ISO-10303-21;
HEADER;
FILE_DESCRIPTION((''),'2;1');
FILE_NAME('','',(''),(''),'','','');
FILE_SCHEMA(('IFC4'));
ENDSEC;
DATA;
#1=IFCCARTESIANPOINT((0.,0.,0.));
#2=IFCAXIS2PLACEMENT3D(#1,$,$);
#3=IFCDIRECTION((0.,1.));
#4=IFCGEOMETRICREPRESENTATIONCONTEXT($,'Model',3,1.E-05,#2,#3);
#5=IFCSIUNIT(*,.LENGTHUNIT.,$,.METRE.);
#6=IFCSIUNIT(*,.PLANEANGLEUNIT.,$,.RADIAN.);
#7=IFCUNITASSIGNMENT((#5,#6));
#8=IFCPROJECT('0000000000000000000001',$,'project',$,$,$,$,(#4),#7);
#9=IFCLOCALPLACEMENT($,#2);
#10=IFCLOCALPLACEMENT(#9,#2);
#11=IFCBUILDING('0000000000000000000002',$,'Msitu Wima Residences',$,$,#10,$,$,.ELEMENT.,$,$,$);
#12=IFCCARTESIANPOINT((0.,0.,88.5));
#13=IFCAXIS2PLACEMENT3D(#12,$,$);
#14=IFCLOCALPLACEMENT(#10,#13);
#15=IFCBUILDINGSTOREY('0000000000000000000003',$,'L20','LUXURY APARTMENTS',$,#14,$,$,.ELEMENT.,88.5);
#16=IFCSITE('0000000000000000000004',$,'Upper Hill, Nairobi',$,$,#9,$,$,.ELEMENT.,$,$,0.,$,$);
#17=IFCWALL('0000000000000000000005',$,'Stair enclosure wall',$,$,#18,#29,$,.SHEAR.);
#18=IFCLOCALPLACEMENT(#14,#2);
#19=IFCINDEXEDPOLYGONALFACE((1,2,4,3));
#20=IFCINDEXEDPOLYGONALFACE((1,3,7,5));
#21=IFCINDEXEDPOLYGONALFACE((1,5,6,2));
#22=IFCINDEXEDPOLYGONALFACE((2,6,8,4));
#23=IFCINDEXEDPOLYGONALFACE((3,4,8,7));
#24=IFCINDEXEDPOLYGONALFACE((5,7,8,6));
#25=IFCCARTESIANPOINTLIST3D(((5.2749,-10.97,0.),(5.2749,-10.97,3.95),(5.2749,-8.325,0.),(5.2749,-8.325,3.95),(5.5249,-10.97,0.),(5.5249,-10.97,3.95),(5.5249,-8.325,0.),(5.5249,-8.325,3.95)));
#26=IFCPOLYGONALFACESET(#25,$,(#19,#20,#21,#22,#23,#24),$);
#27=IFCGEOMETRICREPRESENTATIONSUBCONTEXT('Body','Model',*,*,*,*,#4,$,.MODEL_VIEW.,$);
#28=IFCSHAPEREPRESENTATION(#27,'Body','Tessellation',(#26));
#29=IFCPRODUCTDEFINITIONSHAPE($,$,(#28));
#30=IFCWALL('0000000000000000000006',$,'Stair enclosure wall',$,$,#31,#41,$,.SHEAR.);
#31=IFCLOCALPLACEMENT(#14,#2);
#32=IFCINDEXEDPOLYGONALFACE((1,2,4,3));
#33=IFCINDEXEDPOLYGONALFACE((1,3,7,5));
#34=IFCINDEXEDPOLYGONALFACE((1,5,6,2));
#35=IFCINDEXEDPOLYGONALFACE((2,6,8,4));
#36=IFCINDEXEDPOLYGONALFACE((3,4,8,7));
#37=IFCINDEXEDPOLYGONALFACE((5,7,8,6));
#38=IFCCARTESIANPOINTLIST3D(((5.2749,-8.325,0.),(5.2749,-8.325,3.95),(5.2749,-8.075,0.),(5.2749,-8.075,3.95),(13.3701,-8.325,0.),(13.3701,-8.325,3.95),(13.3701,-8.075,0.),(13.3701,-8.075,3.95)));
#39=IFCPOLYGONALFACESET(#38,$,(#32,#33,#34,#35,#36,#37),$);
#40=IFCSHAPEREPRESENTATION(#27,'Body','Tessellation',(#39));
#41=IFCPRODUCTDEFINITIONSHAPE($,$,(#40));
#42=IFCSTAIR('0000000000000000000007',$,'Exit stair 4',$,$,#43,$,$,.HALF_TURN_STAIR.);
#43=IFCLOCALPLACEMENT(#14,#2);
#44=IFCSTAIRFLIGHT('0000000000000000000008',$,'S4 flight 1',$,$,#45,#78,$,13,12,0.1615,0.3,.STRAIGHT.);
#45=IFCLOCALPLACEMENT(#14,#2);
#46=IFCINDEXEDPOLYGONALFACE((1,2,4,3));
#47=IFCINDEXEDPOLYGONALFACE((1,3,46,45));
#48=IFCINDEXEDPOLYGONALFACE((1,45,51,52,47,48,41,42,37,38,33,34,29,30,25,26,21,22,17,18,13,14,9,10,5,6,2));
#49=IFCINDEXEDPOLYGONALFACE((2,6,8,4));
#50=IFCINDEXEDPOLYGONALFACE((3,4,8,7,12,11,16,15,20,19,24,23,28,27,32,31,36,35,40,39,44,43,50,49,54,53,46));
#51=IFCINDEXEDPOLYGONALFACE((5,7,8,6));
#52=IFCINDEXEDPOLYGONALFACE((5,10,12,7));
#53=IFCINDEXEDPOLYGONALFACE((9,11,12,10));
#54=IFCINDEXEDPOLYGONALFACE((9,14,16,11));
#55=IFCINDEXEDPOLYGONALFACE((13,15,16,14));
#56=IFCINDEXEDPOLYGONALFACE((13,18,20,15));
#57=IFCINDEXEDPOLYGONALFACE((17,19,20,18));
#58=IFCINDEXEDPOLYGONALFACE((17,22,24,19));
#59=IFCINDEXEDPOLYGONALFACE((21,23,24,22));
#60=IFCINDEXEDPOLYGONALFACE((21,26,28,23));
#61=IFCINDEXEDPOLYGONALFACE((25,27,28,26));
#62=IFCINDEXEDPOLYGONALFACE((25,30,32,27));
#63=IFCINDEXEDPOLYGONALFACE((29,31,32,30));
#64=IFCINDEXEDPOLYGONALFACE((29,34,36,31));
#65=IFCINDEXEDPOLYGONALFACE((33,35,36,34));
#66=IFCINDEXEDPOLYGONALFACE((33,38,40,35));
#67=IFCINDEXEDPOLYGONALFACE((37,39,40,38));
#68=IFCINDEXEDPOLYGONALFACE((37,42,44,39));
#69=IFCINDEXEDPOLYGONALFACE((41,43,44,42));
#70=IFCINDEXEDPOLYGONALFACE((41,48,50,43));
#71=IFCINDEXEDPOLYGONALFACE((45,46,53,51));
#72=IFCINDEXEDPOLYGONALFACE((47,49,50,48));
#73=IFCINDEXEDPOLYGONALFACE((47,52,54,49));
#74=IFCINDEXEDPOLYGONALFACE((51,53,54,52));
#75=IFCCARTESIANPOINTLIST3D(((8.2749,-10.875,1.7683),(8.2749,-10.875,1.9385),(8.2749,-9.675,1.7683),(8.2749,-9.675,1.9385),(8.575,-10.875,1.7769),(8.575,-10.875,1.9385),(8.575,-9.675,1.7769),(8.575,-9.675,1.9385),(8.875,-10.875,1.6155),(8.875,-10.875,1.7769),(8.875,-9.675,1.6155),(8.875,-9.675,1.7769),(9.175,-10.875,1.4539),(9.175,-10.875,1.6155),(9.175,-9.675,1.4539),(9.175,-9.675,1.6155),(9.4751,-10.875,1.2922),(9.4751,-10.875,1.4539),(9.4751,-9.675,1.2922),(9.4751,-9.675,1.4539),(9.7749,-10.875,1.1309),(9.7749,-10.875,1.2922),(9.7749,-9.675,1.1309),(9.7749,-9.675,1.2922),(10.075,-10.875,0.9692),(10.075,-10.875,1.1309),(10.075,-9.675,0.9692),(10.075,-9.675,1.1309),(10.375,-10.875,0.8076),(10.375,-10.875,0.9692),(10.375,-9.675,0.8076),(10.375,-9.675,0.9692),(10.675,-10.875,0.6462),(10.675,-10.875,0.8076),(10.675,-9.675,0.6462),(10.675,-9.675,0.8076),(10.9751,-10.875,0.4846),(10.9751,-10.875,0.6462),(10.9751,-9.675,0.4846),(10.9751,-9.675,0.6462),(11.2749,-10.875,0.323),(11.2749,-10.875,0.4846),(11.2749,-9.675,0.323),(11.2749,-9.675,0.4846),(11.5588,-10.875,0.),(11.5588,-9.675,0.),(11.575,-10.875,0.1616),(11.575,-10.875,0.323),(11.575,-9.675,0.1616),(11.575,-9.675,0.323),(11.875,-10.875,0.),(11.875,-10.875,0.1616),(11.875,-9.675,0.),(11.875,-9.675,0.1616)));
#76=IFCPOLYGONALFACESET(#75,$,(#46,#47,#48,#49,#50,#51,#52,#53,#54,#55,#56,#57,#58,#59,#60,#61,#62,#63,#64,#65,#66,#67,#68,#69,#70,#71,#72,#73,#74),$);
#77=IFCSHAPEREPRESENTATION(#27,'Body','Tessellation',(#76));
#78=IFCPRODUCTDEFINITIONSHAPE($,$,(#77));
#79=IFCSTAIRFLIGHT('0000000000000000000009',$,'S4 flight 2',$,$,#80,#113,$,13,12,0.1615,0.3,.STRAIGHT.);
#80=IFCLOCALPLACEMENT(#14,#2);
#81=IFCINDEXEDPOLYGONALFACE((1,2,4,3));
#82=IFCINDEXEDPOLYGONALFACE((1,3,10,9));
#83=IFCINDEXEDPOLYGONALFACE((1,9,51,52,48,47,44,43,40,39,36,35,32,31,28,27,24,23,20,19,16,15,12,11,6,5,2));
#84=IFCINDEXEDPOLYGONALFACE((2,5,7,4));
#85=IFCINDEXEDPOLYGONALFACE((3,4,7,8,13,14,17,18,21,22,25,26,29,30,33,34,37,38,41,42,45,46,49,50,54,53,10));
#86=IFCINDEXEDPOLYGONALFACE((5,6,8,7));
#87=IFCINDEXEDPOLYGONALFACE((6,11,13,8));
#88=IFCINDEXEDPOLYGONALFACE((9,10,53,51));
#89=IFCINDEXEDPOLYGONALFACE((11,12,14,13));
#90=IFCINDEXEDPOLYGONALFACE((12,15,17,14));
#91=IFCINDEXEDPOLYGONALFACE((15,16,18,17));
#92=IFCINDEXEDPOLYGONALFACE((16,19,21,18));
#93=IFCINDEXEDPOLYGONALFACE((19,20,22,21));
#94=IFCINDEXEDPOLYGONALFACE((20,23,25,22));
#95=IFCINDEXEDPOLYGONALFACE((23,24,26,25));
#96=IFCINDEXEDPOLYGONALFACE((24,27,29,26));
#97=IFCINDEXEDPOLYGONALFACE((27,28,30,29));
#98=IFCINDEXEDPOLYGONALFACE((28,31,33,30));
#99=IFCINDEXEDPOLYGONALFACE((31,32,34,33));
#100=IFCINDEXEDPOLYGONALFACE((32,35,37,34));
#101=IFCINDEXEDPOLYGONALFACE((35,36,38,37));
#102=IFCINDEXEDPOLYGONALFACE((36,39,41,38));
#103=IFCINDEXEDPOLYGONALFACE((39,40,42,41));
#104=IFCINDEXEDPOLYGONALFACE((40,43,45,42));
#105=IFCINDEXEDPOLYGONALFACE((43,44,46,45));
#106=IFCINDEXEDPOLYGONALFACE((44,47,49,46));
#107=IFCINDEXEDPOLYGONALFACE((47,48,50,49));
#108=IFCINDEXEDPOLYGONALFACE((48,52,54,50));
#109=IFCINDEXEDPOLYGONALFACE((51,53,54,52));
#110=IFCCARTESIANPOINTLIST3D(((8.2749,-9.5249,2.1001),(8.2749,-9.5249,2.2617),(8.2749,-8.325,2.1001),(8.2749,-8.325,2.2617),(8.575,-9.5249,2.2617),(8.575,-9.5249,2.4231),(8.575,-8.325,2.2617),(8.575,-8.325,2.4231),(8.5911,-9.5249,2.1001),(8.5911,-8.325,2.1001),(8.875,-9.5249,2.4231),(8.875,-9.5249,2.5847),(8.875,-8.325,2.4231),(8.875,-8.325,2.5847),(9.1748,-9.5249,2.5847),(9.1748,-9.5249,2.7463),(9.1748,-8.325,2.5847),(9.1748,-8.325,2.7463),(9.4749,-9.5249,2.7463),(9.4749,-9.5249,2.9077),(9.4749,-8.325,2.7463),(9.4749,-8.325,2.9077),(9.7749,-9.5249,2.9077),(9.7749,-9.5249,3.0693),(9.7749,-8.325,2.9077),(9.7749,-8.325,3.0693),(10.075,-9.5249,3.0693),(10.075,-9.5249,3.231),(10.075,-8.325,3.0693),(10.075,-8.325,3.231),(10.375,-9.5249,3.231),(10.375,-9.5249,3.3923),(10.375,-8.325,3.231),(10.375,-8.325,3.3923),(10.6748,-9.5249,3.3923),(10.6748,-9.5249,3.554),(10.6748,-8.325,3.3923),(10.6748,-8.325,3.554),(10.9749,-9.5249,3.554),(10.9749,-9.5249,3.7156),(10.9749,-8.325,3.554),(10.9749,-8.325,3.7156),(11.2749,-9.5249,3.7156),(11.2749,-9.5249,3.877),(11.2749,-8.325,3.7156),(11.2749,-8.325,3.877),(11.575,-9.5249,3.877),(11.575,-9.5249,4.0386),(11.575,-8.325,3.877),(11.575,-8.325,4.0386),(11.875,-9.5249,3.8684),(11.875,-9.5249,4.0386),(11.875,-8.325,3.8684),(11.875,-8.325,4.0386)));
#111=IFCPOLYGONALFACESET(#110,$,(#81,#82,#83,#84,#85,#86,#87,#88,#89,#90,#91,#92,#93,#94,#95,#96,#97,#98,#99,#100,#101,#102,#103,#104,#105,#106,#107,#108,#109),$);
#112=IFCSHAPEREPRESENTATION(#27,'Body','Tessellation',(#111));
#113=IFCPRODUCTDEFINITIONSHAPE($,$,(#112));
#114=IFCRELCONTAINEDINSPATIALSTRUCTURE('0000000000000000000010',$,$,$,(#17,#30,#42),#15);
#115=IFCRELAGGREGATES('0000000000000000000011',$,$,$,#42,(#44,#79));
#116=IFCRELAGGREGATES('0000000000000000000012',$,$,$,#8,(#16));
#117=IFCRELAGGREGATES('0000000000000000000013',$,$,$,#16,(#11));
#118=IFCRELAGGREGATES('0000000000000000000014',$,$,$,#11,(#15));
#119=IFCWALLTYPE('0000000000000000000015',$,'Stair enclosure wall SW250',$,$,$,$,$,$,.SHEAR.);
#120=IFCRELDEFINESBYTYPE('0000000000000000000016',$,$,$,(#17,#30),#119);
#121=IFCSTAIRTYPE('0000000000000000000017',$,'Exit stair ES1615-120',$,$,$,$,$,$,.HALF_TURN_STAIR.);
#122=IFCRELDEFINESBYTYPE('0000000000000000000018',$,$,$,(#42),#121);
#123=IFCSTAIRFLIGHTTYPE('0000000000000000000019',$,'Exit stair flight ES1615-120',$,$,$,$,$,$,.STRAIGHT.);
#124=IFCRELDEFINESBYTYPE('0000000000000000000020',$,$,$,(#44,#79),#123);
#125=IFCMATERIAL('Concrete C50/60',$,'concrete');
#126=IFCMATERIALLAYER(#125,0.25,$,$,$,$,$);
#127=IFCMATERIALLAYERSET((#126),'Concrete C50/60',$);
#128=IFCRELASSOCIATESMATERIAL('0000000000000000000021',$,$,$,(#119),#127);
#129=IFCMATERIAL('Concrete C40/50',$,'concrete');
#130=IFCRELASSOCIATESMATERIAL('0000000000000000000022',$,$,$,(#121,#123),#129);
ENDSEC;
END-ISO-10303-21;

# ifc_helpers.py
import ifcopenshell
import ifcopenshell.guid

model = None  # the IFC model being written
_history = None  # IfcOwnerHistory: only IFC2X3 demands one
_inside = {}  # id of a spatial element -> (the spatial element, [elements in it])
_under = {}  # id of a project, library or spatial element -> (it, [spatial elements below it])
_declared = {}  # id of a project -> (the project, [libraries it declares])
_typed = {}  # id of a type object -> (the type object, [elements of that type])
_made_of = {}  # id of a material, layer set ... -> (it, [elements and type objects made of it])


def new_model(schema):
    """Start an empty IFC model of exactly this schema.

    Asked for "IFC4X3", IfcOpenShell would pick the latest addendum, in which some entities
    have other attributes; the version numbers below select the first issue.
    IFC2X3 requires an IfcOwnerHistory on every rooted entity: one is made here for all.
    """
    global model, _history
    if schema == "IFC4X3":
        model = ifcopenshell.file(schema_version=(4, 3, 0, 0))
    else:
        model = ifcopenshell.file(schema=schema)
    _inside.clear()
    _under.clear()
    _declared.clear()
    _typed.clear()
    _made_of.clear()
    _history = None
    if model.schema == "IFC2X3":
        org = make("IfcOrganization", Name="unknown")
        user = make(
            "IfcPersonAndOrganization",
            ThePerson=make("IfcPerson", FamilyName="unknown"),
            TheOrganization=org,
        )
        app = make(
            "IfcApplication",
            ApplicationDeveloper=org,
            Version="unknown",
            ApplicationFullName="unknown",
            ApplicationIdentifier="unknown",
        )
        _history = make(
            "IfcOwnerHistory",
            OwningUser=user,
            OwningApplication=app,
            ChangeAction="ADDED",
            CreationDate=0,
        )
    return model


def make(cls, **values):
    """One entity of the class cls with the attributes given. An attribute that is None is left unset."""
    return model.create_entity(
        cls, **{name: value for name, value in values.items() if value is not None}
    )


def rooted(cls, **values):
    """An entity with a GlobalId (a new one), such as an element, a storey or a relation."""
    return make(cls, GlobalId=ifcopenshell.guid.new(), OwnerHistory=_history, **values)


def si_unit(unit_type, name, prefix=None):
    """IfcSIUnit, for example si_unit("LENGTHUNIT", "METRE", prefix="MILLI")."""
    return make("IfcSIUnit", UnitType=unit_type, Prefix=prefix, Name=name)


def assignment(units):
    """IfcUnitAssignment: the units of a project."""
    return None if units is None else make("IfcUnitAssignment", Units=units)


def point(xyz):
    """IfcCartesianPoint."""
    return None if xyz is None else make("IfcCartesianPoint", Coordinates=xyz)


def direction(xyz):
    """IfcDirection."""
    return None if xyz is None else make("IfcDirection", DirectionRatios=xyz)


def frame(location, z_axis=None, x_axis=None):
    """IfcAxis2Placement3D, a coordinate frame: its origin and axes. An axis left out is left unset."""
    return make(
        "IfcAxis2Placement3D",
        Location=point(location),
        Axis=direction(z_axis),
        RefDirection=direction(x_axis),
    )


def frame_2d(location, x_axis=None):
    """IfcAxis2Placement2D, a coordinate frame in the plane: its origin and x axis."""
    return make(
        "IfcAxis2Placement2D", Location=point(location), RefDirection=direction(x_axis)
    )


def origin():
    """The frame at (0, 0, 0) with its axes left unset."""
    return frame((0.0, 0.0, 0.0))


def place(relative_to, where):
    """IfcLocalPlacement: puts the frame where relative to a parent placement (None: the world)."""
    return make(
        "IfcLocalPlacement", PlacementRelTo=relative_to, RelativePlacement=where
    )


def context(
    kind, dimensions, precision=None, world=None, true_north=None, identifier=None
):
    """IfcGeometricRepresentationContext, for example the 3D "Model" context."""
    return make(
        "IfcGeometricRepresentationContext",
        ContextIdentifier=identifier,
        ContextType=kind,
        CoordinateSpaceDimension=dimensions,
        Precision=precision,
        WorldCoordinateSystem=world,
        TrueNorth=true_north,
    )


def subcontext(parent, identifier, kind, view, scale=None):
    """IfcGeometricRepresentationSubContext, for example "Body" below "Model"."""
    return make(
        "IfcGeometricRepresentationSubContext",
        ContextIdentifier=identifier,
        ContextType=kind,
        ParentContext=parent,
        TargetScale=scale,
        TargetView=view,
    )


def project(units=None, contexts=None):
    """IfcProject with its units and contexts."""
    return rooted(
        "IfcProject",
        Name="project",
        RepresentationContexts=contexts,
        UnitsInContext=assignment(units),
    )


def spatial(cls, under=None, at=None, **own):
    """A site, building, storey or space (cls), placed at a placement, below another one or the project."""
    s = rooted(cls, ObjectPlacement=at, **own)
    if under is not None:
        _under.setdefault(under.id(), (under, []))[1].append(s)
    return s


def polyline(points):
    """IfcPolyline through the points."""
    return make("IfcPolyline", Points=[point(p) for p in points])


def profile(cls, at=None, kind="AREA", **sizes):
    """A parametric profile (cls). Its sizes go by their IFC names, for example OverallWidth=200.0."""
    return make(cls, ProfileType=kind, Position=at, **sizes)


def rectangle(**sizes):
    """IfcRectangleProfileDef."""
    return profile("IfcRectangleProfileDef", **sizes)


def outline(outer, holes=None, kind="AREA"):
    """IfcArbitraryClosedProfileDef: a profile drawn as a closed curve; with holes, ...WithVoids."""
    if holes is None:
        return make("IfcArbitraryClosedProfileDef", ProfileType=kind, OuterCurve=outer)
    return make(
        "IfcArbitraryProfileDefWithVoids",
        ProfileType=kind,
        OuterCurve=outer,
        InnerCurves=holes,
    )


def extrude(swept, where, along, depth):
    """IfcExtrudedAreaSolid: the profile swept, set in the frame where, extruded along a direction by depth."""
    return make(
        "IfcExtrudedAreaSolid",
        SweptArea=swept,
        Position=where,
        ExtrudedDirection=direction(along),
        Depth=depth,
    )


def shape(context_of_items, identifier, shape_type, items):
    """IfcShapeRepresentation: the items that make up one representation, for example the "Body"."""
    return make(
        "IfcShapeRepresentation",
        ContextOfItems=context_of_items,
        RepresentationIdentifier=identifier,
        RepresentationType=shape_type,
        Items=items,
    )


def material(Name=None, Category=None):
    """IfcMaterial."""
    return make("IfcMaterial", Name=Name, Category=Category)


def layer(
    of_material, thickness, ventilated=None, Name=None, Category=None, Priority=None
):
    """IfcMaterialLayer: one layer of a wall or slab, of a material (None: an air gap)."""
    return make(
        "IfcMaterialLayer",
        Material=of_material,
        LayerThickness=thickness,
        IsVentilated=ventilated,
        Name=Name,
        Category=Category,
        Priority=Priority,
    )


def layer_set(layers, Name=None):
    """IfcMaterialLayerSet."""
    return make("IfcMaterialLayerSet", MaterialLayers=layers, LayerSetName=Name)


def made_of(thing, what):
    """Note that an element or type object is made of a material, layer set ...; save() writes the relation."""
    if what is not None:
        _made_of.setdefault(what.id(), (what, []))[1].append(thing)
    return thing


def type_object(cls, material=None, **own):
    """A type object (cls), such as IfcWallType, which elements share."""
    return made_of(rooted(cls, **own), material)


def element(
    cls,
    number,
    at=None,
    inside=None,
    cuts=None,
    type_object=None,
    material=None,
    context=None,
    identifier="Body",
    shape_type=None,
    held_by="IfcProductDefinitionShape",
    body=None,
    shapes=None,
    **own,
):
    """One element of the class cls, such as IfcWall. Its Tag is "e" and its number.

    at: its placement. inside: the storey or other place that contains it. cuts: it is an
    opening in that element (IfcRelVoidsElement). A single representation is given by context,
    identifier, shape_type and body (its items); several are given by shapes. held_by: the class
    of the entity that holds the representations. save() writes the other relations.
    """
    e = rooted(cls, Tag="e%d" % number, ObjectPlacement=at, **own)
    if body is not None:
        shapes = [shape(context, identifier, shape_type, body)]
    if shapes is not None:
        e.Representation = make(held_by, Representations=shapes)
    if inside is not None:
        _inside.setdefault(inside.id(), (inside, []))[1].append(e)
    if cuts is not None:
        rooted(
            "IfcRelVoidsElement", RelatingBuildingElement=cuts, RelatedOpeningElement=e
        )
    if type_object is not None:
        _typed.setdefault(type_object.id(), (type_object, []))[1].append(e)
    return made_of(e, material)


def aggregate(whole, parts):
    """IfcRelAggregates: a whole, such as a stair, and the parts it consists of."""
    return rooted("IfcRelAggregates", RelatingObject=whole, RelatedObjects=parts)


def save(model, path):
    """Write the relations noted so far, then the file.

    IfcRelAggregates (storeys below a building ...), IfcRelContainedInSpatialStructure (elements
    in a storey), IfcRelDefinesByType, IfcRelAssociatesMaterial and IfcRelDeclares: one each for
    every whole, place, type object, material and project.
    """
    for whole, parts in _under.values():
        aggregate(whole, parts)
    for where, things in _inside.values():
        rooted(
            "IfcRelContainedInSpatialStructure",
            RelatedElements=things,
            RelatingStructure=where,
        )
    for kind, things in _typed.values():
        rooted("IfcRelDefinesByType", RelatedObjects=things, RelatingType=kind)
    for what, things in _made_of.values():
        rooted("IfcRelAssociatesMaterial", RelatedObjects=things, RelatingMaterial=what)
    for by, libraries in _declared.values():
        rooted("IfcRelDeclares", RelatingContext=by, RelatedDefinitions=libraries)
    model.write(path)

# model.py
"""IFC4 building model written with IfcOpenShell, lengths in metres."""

from ifc_helpers import new_model, si_unit, direction, frame, frame_2d, origin, place, context, subcontext, project, spatial, polyline, rectangle, outline, extrude, material, layer, layer_set, type_object, element, aggregate, save


model = new_model("IFC4")

# Units and contexts
model_context = context("Model", 3, precision=1e-05, world=origin(), true_north=direction((0.0, 1.0)))
body_context = subcontext(model_context, "Body", "Model", "MODEL_VIEW")
ifc_project = project(units=[si_unit("LENGTHUNIT", "METRE"), si_unit("PLANEANGLEUNIT", "RADIAN")], contexts=[model_context])

# Site, building, storey
site_placement = place(None, origin())
site = spatial("IfcSite", under=ifc_project, at=site_placement, Name="Upper Hill, Nairobi", CompositionType="ELEMENT", RefElevation=0.0)
building_placement = place(site_placement, origin())
building = spatial("IfcBuilding", under=site, at=building_placement, Name="Msitu Wima Residences", CompositionType="ELEMENT")
storey_placement = place(building_placement, frame((0.0, 0.0, 88.5)))
storey = spatial("IfcBuildingStorey", under=building, at=storey_placement, Name="L20", Description="LUXURY APARTMENTS", CompositionType="ELEMENT", Elevation=88.5)

# Shared definitions
ifc_material_1 = material(Name="Concrete C40/50", Category="concrete")

# Walls
ifc_material_2 = material(Name="Concrete C50/60", Category="concrete")
ifc_layer_1 = layer(ifc_material_2, 0.25)
ifc_layer_set_1 = layer_set([ifc_layer_1], Name="Concrete C50/60")
wall_type_1 = type_object("IfcWallType", Name="Stair enclosure wall SW250", PredefinedType="SHEAR", material=ifc_layer_set_1)
wall_1_placement = place(storey_placement, frame((5.3999, -10.97, 0.0), z_axis=(0.0, 0.0, 1.0), x_axis=(0.0, 1.0, 0.0)))
element("IfcWall", 1, at=wall_1_placement, inside=storey, type_object=wall_type_1, Name="Stair enclosure wall", PredefinedType="SHEAR", context=body_context, shape_type="SweptSolid", body=[
    extrude(rectangle(XDim=2.645, YDim=0.25, at=frame_2d((1.3225, 0.0))), origin(), (0.0, 0.0, 1.0), 3.95),
])
wall_2_placement = place(storey_placement, frame((5.2749, -8.2, 0.0), z_axis=(0.0, 0.0, 1.0), x_axis=(1.0, 0.0, 0.0)))
element("IfcWall", 2, at=wall_2_placement, inside=storey, type_object=wall_type_1, Name="Stair enclosure wall", PredefinedType="SHEAR", context=body_context, shape_type="SweptSolid", body=[
    extrude(rectangle(XDim=8.0952, YDim=0.25, at=frame_2d((4.0476, 0.0))), origin(), (0.0, 0.0, 1.0), 3.95),
])

# Stair, stair flights
stair_type = type_object("IfcStairType", Name="Exit stair ES1615-120", PredefinedType="HALF_TURN_STAIR", material=ifc_material_1)
stair_placement = place(storey_placement, origin())
stair = element("IfcStair", 3, at=stair_placement, inside=storey, type_object=stair_type, Name="Exit stair 4", PredefinedType="HALF_TURN_STAIR")
stair_flight_type = type_object("IfcStairFlightType", Name="Exit stair flight ES1615-120", PredefinedType="STRAIGHT", material=ifc_material_1)
stair_flight_1_placement = place(storey_placement, frame((11.875, -10.2749, 0.0), z_axis=(0.0, 0.0, 1.0), x_axis=(-1.0, 0.0, 0.0)))
stair_flight_1 = element("IfcStairFlight", 4, at=stair_flight_1_placement, type_object=stair_flight_type, Name="S4 flight 1", NumberOfRisers=13, NumberOfTreads=12, PredefinedType="STRAIGHT", RiserHeight=0.1615, TreadLength=0.3, context=body_context, shape_type="SweptSolid", body=[
    extrude(outline(polyline([(0.0, 0.0), (0.0, 0.1616), (0.3, 0.1616), (0.3, 0.323), (0.6001, 0.323), (0.6001, 0.4846), (0.8999, 0.4846), (0.8999, 0.6462), (1.2, 0.6462), (1.2, 0.8076), (1.5, 0.8076), (1.5, 0.9692), (1.8, 0.9692), (1.8, 1.1309), (2.1001, 1.1309), (2.1001, 1.2922), (2.3999, 1.2922), (2.3999, 1.4539), (2.7, 1.4539), (2.7, 1.6155), (3.0, 1.6155), (3.0, 1.7769), (3.3, 1.7769), (3.3, 1.9385), (3.6001, 1.9385), (3.6001, 2.1001), (3.6001, 1.7683), (0.3162, 0.0), (0.0, 0.0)])), frame((0.0, 0.6001, 0.0), z_axis=(0.0, -1.0, 0.0), x_axis=(1.0, 0.0, 0.0)), (0.0, 0.0, 1.0), 1.2),
])
stair_flight_2_placement = place(storey_placement, frame((8.2749, -8.925, 2.1001), z_axis=(0.0, 0.0, 1.0), x_axis=(1.0, 0.0, 0.0)))
stair_flight_2 = element("IfcStairFlight", 5, at=stair_flight_2_placement, type_object=stair_flight_type, Name="S4 flight 2", NumberOfRisers=13, NumberOfTreads=12, PredefinedType="STRAIGHT", RiserHeight=0.1615, TreadLength=0.3, context=body_context, shape_type="SweptSolid", body=[
    extrude(outline(polyline([(0.0, 0.0), (0.0, 0.1616), (0.3, 0.1616), (0.3, 0.323), (0.6001, 0.323), (0.6001, 0.4846), (0.8999, 0.4846), (0.8999, 0.6462), (1.2, 0.6462), (1.2, 0.8076), (1.5, 0.8076), (1.5, 0.9692), (1.8, 0.9692), (1.8, 1.1309), (2.1001, 1.1309), (2.1001, 1.2922), (2.3999, 1.2922), (2.3999, 1.4539), (2.7, 1.4539), (2.7, 1.6155), (3.0, 1.6155), (3.0, 1.7769), (3.3, 1.7769), (3.3, 1.9385), (3.6001, 1.9385), (3.6001, 2.1001), (3.6001, 1.7683), (0.3162, 0.0), (0.0, 0.0)])), frame((0.0, 0.6001, 0.0), z_axis=(0.0, -1.0, 0.0), x_axis=(1.0, 0.0, 0.0)), (0.0, 0.0, 1.0), 1.2),
])
aggregate(stair, [stair_flight_1, stair_flight_2])

save(model, "model.ifc")
